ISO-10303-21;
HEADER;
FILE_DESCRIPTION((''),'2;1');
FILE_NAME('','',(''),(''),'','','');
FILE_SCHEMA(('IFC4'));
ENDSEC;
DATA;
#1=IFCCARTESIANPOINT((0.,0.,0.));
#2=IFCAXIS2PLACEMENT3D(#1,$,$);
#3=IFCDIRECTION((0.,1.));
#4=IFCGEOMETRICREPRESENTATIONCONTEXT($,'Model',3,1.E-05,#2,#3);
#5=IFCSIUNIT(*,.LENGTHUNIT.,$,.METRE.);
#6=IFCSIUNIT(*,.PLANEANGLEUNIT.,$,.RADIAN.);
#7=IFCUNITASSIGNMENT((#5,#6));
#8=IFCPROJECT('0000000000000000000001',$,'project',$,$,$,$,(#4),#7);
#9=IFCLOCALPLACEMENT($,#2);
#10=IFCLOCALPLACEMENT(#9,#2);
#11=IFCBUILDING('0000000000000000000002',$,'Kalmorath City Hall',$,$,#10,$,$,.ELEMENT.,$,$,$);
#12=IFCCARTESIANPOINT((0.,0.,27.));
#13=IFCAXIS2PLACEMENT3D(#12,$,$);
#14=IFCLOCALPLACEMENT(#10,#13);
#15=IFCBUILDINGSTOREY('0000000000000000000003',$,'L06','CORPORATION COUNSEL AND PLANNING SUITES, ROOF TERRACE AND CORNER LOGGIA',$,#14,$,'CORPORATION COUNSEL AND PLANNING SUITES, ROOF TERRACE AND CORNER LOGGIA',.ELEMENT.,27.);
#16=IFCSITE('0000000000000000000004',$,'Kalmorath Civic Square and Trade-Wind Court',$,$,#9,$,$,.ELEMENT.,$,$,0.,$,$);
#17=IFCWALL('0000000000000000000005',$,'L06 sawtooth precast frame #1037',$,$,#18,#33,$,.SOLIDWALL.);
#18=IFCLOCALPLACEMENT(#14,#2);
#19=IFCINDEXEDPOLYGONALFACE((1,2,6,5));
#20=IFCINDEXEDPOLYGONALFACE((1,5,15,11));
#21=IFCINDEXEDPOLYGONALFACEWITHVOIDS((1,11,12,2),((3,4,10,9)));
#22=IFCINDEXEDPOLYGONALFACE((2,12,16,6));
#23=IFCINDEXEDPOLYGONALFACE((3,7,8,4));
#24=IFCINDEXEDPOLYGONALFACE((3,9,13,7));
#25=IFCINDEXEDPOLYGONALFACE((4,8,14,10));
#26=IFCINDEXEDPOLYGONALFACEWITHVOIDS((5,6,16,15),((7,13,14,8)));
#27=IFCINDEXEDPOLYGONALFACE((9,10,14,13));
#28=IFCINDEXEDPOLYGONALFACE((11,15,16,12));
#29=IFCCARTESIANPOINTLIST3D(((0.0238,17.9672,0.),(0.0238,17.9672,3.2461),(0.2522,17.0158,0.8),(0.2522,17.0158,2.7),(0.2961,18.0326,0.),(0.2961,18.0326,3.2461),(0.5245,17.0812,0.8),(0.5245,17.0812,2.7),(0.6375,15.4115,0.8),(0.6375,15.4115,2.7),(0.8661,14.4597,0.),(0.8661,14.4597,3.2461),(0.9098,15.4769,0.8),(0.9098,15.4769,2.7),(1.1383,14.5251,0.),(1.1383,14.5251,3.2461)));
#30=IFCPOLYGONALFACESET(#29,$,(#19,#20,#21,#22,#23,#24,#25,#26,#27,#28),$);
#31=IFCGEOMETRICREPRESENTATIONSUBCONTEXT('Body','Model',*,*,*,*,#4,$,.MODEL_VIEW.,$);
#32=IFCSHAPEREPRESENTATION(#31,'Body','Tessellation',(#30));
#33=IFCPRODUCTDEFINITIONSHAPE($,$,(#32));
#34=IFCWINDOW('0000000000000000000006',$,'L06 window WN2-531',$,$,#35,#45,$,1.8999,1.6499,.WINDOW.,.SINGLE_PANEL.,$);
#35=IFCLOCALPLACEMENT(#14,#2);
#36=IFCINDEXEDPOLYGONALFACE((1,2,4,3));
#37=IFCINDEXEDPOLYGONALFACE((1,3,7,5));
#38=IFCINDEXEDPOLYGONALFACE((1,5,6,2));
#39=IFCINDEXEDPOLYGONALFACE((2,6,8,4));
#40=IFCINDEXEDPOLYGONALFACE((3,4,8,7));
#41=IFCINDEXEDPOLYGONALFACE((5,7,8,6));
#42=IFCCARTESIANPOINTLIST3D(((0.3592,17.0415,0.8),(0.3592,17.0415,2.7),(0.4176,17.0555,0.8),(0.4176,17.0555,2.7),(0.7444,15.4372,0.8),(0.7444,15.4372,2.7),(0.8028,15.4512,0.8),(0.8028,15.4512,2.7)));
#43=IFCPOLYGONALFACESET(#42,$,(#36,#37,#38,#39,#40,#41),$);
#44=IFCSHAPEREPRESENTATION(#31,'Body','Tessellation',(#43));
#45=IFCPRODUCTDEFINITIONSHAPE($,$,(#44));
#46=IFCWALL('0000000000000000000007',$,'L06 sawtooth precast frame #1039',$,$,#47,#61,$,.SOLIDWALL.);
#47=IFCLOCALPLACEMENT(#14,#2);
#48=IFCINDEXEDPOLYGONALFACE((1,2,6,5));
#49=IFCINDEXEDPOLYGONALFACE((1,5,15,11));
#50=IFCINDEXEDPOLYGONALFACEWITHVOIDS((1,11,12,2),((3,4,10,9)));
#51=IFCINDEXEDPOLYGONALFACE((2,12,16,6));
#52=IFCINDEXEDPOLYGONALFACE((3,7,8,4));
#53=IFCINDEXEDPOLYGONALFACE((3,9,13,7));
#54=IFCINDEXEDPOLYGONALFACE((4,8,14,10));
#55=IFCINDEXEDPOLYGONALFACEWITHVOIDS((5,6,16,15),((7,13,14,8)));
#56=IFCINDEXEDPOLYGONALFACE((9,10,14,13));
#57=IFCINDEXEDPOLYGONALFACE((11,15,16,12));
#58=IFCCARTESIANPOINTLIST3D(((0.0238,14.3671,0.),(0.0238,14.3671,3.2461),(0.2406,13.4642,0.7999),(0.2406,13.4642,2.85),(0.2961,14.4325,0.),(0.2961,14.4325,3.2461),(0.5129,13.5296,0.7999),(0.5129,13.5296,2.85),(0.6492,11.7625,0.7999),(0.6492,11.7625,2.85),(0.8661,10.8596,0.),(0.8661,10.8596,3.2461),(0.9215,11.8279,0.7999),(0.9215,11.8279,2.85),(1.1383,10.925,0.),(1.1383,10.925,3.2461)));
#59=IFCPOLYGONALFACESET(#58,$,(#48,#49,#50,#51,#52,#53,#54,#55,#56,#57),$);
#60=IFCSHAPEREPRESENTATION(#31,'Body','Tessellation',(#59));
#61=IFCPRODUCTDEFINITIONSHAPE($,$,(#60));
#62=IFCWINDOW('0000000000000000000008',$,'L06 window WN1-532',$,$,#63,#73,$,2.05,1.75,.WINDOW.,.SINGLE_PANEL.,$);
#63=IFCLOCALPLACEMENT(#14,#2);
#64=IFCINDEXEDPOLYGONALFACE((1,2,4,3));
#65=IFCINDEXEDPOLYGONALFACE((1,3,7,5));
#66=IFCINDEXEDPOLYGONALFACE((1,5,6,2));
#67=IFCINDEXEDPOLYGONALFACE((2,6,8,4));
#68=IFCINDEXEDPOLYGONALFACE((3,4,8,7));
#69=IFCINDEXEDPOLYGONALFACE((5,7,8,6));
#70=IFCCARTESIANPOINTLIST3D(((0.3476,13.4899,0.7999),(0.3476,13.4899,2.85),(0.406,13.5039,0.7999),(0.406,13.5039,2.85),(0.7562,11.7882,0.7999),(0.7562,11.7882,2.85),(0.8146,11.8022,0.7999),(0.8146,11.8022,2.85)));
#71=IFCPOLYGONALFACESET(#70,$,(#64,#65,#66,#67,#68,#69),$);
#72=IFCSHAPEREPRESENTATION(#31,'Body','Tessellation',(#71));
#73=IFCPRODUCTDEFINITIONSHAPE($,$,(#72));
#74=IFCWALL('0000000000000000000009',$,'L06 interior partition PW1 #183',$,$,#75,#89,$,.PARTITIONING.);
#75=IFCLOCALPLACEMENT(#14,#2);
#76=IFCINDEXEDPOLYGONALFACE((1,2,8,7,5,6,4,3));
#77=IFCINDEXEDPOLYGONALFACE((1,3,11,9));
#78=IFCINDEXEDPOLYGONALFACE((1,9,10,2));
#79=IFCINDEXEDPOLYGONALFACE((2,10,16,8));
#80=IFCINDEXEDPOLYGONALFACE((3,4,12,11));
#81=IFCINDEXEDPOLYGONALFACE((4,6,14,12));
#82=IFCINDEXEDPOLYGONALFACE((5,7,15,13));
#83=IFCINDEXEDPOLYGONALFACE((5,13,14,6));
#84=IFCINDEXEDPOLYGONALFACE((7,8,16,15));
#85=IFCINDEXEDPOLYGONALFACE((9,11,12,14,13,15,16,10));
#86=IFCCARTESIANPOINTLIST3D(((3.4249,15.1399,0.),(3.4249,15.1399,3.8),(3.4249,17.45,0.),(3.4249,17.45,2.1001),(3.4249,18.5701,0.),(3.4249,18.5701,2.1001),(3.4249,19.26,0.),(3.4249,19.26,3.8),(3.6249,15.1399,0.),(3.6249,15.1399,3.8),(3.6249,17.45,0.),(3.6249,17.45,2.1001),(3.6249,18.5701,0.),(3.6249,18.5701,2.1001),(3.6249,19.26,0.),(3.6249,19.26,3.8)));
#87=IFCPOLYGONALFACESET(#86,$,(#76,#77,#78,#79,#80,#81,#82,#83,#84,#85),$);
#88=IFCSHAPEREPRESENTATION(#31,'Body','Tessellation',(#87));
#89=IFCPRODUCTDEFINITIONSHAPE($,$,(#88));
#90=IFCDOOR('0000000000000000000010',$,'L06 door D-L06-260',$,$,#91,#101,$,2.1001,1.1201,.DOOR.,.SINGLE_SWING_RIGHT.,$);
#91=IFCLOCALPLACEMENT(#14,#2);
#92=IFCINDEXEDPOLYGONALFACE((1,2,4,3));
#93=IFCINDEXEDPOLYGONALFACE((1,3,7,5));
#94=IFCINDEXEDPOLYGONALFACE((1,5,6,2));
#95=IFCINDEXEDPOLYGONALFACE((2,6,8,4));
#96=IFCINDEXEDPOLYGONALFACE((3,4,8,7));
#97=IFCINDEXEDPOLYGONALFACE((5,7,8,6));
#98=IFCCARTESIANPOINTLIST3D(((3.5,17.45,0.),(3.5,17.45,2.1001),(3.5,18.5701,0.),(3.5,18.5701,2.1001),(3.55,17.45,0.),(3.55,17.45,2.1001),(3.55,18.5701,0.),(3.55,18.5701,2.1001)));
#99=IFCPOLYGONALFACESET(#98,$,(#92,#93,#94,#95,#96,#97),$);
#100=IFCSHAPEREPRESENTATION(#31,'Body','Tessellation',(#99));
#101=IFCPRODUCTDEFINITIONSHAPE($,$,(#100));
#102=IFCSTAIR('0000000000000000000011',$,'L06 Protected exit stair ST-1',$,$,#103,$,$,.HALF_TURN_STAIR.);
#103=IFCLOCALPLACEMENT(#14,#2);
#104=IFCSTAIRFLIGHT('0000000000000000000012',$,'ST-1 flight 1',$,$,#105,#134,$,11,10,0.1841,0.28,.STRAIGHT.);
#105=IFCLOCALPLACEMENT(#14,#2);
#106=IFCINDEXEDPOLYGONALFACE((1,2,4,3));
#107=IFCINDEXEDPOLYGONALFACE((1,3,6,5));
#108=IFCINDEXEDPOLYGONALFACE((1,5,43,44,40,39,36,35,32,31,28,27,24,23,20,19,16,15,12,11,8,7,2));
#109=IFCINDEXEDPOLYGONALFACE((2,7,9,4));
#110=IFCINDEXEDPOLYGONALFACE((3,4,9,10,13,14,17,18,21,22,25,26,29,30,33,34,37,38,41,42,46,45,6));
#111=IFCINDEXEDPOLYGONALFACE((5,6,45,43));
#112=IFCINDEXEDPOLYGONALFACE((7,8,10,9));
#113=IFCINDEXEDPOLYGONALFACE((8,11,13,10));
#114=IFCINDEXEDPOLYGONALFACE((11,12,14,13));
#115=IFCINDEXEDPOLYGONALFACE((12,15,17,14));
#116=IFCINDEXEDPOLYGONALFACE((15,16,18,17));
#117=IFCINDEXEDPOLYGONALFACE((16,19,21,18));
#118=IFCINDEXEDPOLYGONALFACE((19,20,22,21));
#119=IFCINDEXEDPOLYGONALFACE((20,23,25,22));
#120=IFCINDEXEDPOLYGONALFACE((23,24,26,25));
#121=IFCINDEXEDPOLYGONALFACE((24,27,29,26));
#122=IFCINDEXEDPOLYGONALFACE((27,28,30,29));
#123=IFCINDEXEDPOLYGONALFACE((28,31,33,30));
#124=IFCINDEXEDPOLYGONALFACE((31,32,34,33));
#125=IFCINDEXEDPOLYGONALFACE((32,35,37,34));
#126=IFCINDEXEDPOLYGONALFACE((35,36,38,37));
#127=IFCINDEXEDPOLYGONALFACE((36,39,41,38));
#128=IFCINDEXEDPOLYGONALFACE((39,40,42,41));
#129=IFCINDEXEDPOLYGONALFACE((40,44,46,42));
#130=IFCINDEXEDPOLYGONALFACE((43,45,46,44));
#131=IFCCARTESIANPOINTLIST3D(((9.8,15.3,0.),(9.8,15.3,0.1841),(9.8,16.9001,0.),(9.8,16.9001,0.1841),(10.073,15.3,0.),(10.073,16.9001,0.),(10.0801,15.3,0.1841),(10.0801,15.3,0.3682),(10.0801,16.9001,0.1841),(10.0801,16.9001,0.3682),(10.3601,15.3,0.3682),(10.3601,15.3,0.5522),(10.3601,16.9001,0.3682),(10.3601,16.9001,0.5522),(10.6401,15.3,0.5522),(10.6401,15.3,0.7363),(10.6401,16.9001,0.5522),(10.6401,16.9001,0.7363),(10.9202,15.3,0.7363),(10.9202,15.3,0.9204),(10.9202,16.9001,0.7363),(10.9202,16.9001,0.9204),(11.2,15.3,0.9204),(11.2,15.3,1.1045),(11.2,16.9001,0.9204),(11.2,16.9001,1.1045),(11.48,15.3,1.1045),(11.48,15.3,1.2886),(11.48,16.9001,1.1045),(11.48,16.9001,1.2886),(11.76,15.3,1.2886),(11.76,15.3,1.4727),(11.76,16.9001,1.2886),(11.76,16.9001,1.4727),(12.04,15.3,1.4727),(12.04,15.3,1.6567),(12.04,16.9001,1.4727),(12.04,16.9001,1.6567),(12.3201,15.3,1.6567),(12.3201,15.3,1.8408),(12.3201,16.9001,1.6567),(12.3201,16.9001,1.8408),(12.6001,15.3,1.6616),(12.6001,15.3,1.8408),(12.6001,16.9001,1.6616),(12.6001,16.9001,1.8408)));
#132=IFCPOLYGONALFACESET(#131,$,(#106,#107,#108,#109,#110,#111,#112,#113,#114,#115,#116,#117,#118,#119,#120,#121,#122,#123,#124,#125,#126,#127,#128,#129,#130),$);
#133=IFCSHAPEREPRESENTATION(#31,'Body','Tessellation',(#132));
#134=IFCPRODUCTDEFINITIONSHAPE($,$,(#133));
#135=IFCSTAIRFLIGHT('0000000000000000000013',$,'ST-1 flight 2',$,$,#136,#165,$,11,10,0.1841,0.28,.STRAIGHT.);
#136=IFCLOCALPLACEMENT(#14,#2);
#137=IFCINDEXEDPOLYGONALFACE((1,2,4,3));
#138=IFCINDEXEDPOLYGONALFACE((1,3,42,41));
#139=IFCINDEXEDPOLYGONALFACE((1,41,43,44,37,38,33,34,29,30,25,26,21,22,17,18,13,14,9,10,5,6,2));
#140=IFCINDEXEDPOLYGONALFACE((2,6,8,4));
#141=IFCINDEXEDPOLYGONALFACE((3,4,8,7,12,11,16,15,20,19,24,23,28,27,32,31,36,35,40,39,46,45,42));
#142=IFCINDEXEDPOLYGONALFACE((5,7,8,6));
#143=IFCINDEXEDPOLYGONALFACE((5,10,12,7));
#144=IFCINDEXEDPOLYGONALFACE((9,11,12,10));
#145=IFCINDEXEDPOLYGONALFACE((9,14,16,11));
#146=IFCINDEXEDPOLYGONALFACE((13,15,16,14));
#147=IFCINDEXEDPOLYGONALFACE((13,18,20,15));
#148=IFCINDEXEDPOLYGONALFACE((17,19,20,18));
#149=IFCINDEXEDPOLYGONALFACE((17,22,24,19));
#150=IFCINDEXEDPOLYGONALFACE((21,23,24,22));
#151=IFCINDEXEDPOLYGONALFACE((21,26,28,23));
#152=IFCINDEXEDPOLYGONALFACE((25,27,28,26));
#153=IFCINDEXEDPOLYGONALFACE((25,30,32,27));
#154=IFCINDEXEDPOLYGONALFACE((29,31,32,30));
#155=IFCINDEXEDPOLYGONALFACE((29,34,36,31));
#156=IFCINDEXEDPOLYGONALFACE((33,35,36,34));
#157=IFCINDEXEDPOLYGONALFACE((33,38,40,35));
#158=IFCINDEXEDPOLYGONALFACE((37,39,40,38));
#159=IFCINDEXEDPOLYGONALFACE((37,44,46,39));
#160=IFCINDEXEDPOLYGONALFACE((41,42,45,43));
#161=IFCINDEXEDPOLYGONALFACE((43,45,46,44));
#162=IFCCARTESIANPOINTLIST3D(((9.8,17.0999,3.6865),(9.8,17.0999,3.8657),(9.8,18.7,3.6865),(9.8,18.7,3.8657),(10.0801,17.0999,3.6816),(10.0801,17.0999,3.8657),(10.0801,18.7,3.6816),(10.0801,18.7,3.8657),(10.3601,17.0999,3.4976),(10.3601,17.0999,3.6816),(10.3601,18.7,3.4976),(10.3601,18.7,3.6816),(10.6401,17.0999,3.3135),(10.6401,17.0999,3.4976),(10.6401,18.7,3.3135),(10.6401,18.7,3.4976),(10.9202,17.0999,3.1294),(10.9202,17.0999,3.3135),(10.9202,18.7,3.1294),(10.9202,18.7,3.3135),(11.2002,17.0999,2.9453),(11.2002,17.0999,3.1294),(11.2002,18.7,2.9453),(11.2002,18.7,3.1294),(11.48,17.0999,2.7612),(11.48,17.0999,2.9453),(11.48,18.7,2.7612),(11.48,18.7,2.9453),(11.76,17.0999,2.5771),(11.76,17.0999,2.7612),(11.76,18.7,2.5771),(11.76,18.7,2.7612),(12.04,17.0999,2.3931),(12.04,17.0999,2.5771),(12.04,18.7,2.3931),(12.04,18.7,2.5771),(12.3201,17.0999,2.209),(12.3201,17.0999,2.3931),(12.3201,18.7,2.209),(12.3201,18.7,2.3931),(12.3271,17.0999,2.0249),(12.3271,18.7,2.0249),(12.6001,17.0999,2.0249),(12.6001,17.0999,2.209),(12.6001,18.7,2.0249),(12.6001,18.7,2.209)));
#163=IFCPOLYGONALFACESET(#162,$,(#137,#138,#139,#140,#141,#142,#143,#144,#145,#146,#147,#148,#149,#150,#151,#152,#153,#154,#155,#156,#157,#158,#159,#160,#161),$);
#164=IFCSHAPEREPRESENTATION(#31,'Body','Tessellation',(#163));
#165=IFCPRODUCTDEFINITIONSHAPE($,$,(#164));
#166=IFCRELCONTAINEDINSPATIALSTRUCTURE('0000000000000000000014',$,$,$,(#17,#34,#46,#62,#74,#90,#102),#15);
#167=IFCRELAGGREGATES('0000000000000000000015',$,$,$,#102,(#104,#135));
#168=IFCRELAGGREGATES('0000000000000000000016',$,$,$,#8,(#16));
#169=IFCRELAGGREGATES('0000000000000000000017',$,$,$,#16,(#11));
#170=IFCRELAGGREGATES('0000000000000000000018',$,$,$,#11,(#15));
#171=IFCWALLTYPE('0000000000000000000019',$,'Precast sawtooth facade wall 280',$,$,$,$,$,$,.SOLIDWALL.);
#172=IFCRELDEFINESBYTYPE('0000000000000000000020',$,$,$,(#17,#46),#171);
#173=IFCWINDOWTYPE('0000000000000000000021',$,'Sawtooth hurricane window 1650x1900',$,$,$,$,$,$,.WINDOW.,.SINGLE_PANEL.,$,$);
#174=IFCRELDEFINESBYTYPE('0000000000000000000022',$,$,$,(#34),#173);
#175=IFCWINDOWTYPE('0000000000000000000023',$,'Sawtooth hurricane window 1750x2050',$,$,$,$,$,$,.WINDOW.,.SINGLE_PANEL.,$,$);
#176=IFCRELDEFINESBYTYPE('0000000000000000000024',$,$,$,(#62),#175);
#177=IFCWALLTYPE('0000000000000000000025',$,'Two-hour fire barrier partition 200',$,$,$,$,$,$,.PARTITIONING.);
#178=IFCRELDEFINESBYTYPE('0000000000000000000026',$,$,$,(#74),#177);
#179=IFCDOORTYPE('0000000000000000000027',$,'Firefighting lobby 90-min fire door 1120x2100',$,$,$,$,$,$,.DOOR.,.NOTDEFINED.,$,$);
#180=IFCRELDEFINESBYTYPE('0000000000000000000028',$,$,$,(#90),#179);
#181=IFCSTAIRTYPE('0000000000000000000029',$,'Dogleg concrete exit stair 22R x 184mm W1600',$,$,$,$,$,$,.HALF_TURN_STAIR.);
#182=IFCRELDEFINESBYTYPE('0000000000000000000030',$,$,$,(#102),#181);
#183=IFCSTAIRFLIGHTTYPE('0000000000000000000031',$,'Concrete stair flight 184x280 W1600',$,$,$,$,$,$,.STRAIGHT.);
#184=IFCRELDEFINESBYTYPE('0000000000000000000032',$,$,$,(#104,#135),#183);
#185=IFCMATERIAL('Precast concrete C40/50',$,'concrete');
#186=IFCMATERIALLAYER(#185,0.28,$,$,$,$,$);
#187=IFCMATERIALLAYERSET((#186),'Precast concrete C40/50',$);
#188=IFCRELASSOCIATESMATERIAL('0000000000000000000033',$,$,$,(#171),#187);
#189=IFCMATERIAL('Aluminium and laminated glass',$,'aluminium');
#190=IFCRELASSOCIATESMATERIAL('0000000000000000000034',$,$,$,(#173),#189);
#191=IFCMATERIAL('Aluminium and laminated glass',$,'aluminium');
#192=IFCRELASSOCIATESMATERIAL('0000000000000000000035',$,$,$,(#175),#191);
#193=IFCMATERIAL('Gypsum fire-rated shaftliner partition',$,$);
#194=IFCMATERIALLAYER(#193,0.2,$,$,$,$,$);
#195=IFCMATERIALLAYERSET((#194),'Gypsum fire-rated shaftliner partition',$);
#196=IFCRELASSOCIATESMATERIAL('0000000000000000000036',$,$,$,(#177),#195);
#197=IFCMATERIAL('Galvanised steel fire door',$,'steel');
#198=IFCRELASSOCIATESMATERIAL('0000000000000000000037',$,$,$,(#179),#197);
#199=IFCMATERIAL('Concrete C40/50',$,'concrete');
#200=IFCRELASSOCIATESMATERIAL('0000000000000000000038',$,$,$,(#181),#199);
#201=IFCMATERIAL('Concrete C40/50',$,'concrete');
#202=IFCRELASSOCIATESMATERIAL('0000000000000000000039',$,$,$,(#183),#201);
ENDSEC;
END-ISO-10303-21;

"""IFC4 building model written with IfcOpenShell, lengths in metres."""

from ifc_helpers import new_model, si_unit, direction, frame, frame_2d, origin, place, context, subcontext, project, spatial, polyline, rectangle, outline, extrude, material, layer, layer_set, type_object, element, fill, aggregate, save


model = new_model("IFC4")

# Units and contexts
model_context = context("Model", 3, precision=1e-05, world=origin(), true_north=direction((0.0, 1.0)))
body_context = subcontext(model_context, "Body", "Model", "MODEL_VIEW")
ifc_project = project(units=[si_unit("LENGTHUNIT", "METRE"), si_unit("PLANEANGLEUNIT", "RADIAN")], contexts=[model_context])

# Site, building, storey
site_placement = place(None, origin())
site = spatial("IfcSite", under=ifc_project, at=site_placement, Name="Kalmorath Civic Square and Trade-Wind Court", CompositionType="ELEMENT", RefElevation=0.0)
building_placement = place(site_placement, origin())
building = spatial("IfcBuilding", under=site, at=building_placement, Name="Kalmorath City Hall", CompositionType="ELEMENT")
storey_placement = place(building_placement, frame((0.0, 0.0, 27.0)))
storey = spatial("IfcBuildingStorey", under=building, at=storey_placement, Name="L06", Description="CORPORATION COUNSEL AND PLANNING SUITES, ROOF TERRACE AND CORNER LOGGIA", LongName="CORPORATION COUNSEL AND PLANNING SUITES, ROOF TERRACE AND CORNER LOGGIA", CompositionType="ELEMENT", Elevation=27.0)

# Walls, openings, windows
ifc_material_1 = material(Name="Precast concrete C40/50", Category="concrete")
ifc_layer_1 = layer(ifc_material_1, 0.28)
ifc_layer_set_1 = layer_set([ifc_layer_1], Name="Precast concrete C40/50")
wall_type_1 = type_object("IfcWallType", Name="Precast sawtooth facade wall 280", PredefinedType="SOLIDWALL", material=ifc_layer_set_1)
wall_1_placement = place(storey_placement, frame((0.1599, 18.0, 0.0), z_axis=(0.0, 0.0, 1.0), x_axis=(0.233496, -0.972358, 0.0)))
wall_1 = element("IfcWall", 1, at=wall_1_placement, inside=storey, type_object=wall_type_1, Name="L06 sawtooth precast frame #1037", PredefinedType="SOLIDWALL", context=body_context, shape_type="SweptSolid", body=[
    extrude(rectangle(XDim=3.6072, YDim=0.28, at=frame_2d((1.8037, 0.0))), origin(), (0.0, 0.0, 1.0), 3.2461),
])
opening_1_placement = place(wall_1_placement, frame((0.9785, 0.0, 0.8)))
opening_1 = element("IfcOpeningElement", 2, at=opening_1_placement, cuts=wall_1, PredefinedType="OPENING", context=body_context, shape_type="SweptSolid", body=[
    extrude(rectangle(XDim=1.6499, YDim=1.8999, at=frame_2d((0.825, 0.95))), frame((0.0, 0.1499, 0.0), z_axis=(0.0, -1.0, 0.0), x_axis=(1.0, 0.0, 0.0)), (0.0, 0.0, 1.0), 0.3),
])
ifc_material_2 = material(Name="Aluminium and laminated glass", Category="aluminium")
window_type_1 = type_object("IfcWindowType", Name="Sawtooth hurricane window 1650x1900", PartitioningType="SINGLE_PANEL", PredefinedType="WINDOW", material=ifc_material_2)
window_1_placement = place(opening_1_placement, origin())
window_1 = element("IfcWindow", 3, at=window_1_placement, inside=storey, type_object=window_type_1, Name="L06 window WN2-531", OverallHeight=1.8999, OverallWidth=1.6499, PartitioningType="SINGLE_PANEL", PredefinedType="WINDOW", context=body_context, shape_type="SweptSolid", body=[
    extrude(rectangle(XDim=1.6499, YDim=1.8999, at=frame_2d((0.825, 0.95))), frame((0.0, 0.03, 0.0), z_axis=(0.0, -1.0, 0.0), x_axis=(1.0, 0.0, 0.0)), (0.0, 0.0, 1.0), 0.0601),
])
fill(opening_1, window_1)
wall_2_placement = place(storey_placement, frame((0.1599, 14.3999, 0.0), z_axis=(0.0, 0.0, 1.0), x_axis=(0.233496, -0.972358, 0.0)))
wall_2 = element("IfcWall", 4, at=wall_2_placement, inside=storey, type_object=wall_type_1, Name="L06 sawtooth precast frame #1039", PredefinedType="SOLIDWALL", context=body_context, shape_type="SweptSolid", body=[
    extrude(rectangle(XDim=3.6072, YDim=0.28, at=frame_2d((1.8037, 0.0))), origin(), (0.0, 0.0, 1.0), 3.2461),
])
opening_2_placement = place(wall_2_placement, frame((0.9287, 0.0, 0.8)))
opening_2 = element("IfcOpeningElement", 5, at=opening_2_placement, cuts=wall_2, PredefinedType="OPENING", context=body_context, shape_type="SweptSolid", body=[
    extrude(rectangle(XDim=1.75, YDim=2.05, at=frame_2d((0.875, 1.0249))), frame((0.0, 0.1499, 0.0), z_axis=(0.0, -1.0, 0.0), x_axis=(1.0, 0.0, 0.0)), (0.0, 0.0, 1.0), 0.3),
])
ifc_material_3 = material(Name="Aluminium and laminated glass", Category="aluminium")
window_type_2 = type_object("IfcWindowType", Name="Sawtooth hurricane window 1750x2050", PartitioningType="SINGLE_PANEL", PredefinedType="WINDOW", material=ifc_material_3)
window_2_placement = place(opening_2_placement, origin())
window_2 = element("IfcWindow", 6, at=window_2_placement, inside=storey, type_object=window_type_2, Name="L06 window WN1-532", OverallHeight=2.05, OverallWidth=1.75, PartitioningType="SINGLE_PANEL", PredefinedType="WINDOW", context=body_context, shape_type="SweptSolid", body=[
    extrude(rectangle(XDim=1.75, YDim=2.05, at=frame_2d((0.875, 1.0249))), frame((0.0, 0.03, 0.0), z_axis=(0.0, -1.0, 0.0), x_axis=(1.0, 0.0, 0.0)), (0.0, 0.0, 1.0), 0.0601),
])
fill(opening_2, window_2)

# Wall, opening, door
ifc_material_4 = material(Name="Gypsum fire-rated shaftliner partition")
ifc_layer_2 = layer(ifc_material_4, 0.2)
ifc_layer_set_2 = layer_set([ifc_layer_2], Name="Gypsum fire-rated shaftliner partition")
wall_type_2 = type_object("IfcWallType", Name="Two-hour fire barrier partition 200", PredefinedType="PARTITIONING", material=ifc_layer_set_2)
wall_3_placement = place(storey_placement, frame((3.5249, 15.1399, 0.0), z_axis=(0.0, 0.0, 1.0), x_axis=(0.0, 1.0, 0.0)))
wall_3 = element("IfcWall", 7, at=wall_3_placement, inside=storey, type_object=wall_type_2, Name="L06 interior partition PW1 #183", PredefinedType="PARTITIONING", context=body_context, shape_type="SweptSolid", body=[
    extrude(rectangle(XDim=4.1201, YDim=0.2, at=frame_2d((2.0601, 0.0))), origin(), (0.0, 0.0, 1.0), 3.8),
])
opening_3_placement = place(wall_3_placement, frame((2.3101, 0.0, 0.0)))
opening_3 = element("IfcOpeningElement", 8, at=opening_3_placement, cuts=wall_3, PredefinedType="OPENING", context=body_context, shape_type="SweptSolid", body=[
    extrude(rectangle(XDim=1.1201, YDim=2.1001, at=frame_2d((0.5601, 1.05))), frame((0.0, 0.1099, 0.0), z_axis=(0.0, -1.0, 0.0), x_axis=(1.0, 0.0, 0.0)), (0.0, 0.0, 1.0), 0.22),
])
ifc_material_5 = material(Name="Galvanised steel fire door", Category="steel")
door_type_1 = type_object("IfcDoorType", Name="Firefighting lobby 90-min fire door 1120x2100", OperationType="NOTDEFINED", PredefinedType="DOOR", material=ifc_material_5)
door_1_placement = place(opening_3_placement, origin())
door_1 = element("IfcDoor", 9, at=door_1_placement, inside=storey, type_object=door_type_1, Name="L06 door D-L06-260", OperationType="SINGLE_SWING_RIGHT", OverallHeight=2.1001, OverallWidth=1.1201, PredefinedType="DOOR", context=body_context, shape_type="SweptSolid", body=[
    extrude(rectangle(XDim=1.1201, YDim=2.1001, at=frame_2d((0.5601, 1.05))), frame((0.0, 0.0249, 0.0), z_axis=(0.0, -1.0, 0.0), x_axis=(1.0, 0.0, 0.0)), (0.0, 0.0, 1.0), 0.05),
])
fill(opening_3, door_1)

# Stair, stair flights
ifc_material_6 = material(Name="Concrete C40/50", Category="concrete")
stair_type = type_object("IfcStairType", Name="Dogleg concrete exit stair 22R x 184mm W1600", PredefinedType="HALF_TURN_STAIR", material=ifc_material_6)
stair_placement = place(storey_placement, origin())
stair = element("IfcStair", 10, at=stair_placement, inside=storey, type_object=stair_type, Name="L06 Protected exit stair ST-1", PredefinedType="HALF_TURN_STAIR")
ifc_material_7 = material(Name="Concrete C40/50", Category="concrete")
stair_flight_type = type_object("IfcStairFlightType", Name="Concrete stair flight 184x280 W1600", PredefinedType="STRAIGHT", material=ifc_material_7)
stair_flight_1_placement = place(storey_placement, frame((9.8, 16.1001, 0.0), z_axis=(0.0, 0.0, 1.0), x_axis=(1.0, 0.0, 0.0)))
stair_flight_1 = element("IfcStairFlight", 11, at=stair_flight_1_placement, type_object=stair_flight_type, Name="ST-1 flight 1", NumberOfRisers=11, NumberOfTreads=10, PredefinedType="STRAIGHT", RiserHeight=0.1841, TreadLength=0.28, context=body_context, shape_type="SweptSolid", body=[
    extrude(outline(polyline([(0.0, 0.0), (0.0, 0.1841), (0.28, 0.1841), (0.28, 0.3682), (0.5601, 0.3682), (0.5601, 0.5522), (0.8401, 0.5522), (0.8401, 0.7363), (1.1201, 0.7363), (1.1201, 0.9204), (1.3999, 0.9204), (1.3999, 1.1045), (1.6799, 1.1045), (1.6799, 1.2886), (1.96, 1.2886), (1.96, 1.4727), (2.24, 1.4727), (2.24, 1.6567), (2.52, 1.6567), (2.52, 1.8408), (2.8, 1.8408), (2.8, 2.0249), (2.8, 1.6616), (0.2729, 0.0), (0.0, 0.0)])), frame((0.0, 0.8, 0.0), z_axis=(0.0, -1.0, 0.0), x_axis=(1.0, 0.0, 0.0)), (0.0, 0.0, 1.0), 1.6001),
])
stair_flight_2_placement = place(storey_placement, frame((12.6001, 17.8999, 2.0249), z_axis=(0.0, 0.0, 1.0), x_axis=(-1.0, 0.0, 0.0)))
stair_flight_2 = element("IfcStairFlight", 12, at=stair_flight_2_placement, type_object=stair_flight_type, Name="ST-1 flight 2", NumberOfRisers=11, NumberOfTreads=10, PredefinedType="STRAIGHT", RiserHeight=0.1841, TreadLength=0.28, context=body_context, shape_type="SweptSolid", body=[
    extrude(outline(polyline([(0.0, 0.0), (0.0, 0.1841), (0.28, 0.1841), (0.28, 0.3682), (0.5601, 0.3682), (0.5601, 0.5522), (0.8401, 0.5522), (0.8401, 0.7363), (1.1201, 0.7363), (1.1201, 0.9204), (1.3999, 0.9204), (1.3999, 1.1045), (1.6799, 1.1045), (1.6799, 1.2886), (1.96, 1.2886), (1.96, 1.4727), (2.24, 1.4727), (2.24, 1.6567), (2.52, 1.6567), (2.52, 1.8408), (2.8, 1.8408), (2.8, 2.0249), (2.8, 1.6616), (0.2729, 0.0), (0.0, 0.0)])), frame((0.0, 0.8, 0.0), z_axis=(0.0, -1.0, 0.0), x_axis=(1.0, 0.0, 0.0)), (0.0, 0.0, 1.0), 1.6001),
])
aggregate(stair, [stair_flight_1, stair_flight_2])

save(model, "model.ifc")
